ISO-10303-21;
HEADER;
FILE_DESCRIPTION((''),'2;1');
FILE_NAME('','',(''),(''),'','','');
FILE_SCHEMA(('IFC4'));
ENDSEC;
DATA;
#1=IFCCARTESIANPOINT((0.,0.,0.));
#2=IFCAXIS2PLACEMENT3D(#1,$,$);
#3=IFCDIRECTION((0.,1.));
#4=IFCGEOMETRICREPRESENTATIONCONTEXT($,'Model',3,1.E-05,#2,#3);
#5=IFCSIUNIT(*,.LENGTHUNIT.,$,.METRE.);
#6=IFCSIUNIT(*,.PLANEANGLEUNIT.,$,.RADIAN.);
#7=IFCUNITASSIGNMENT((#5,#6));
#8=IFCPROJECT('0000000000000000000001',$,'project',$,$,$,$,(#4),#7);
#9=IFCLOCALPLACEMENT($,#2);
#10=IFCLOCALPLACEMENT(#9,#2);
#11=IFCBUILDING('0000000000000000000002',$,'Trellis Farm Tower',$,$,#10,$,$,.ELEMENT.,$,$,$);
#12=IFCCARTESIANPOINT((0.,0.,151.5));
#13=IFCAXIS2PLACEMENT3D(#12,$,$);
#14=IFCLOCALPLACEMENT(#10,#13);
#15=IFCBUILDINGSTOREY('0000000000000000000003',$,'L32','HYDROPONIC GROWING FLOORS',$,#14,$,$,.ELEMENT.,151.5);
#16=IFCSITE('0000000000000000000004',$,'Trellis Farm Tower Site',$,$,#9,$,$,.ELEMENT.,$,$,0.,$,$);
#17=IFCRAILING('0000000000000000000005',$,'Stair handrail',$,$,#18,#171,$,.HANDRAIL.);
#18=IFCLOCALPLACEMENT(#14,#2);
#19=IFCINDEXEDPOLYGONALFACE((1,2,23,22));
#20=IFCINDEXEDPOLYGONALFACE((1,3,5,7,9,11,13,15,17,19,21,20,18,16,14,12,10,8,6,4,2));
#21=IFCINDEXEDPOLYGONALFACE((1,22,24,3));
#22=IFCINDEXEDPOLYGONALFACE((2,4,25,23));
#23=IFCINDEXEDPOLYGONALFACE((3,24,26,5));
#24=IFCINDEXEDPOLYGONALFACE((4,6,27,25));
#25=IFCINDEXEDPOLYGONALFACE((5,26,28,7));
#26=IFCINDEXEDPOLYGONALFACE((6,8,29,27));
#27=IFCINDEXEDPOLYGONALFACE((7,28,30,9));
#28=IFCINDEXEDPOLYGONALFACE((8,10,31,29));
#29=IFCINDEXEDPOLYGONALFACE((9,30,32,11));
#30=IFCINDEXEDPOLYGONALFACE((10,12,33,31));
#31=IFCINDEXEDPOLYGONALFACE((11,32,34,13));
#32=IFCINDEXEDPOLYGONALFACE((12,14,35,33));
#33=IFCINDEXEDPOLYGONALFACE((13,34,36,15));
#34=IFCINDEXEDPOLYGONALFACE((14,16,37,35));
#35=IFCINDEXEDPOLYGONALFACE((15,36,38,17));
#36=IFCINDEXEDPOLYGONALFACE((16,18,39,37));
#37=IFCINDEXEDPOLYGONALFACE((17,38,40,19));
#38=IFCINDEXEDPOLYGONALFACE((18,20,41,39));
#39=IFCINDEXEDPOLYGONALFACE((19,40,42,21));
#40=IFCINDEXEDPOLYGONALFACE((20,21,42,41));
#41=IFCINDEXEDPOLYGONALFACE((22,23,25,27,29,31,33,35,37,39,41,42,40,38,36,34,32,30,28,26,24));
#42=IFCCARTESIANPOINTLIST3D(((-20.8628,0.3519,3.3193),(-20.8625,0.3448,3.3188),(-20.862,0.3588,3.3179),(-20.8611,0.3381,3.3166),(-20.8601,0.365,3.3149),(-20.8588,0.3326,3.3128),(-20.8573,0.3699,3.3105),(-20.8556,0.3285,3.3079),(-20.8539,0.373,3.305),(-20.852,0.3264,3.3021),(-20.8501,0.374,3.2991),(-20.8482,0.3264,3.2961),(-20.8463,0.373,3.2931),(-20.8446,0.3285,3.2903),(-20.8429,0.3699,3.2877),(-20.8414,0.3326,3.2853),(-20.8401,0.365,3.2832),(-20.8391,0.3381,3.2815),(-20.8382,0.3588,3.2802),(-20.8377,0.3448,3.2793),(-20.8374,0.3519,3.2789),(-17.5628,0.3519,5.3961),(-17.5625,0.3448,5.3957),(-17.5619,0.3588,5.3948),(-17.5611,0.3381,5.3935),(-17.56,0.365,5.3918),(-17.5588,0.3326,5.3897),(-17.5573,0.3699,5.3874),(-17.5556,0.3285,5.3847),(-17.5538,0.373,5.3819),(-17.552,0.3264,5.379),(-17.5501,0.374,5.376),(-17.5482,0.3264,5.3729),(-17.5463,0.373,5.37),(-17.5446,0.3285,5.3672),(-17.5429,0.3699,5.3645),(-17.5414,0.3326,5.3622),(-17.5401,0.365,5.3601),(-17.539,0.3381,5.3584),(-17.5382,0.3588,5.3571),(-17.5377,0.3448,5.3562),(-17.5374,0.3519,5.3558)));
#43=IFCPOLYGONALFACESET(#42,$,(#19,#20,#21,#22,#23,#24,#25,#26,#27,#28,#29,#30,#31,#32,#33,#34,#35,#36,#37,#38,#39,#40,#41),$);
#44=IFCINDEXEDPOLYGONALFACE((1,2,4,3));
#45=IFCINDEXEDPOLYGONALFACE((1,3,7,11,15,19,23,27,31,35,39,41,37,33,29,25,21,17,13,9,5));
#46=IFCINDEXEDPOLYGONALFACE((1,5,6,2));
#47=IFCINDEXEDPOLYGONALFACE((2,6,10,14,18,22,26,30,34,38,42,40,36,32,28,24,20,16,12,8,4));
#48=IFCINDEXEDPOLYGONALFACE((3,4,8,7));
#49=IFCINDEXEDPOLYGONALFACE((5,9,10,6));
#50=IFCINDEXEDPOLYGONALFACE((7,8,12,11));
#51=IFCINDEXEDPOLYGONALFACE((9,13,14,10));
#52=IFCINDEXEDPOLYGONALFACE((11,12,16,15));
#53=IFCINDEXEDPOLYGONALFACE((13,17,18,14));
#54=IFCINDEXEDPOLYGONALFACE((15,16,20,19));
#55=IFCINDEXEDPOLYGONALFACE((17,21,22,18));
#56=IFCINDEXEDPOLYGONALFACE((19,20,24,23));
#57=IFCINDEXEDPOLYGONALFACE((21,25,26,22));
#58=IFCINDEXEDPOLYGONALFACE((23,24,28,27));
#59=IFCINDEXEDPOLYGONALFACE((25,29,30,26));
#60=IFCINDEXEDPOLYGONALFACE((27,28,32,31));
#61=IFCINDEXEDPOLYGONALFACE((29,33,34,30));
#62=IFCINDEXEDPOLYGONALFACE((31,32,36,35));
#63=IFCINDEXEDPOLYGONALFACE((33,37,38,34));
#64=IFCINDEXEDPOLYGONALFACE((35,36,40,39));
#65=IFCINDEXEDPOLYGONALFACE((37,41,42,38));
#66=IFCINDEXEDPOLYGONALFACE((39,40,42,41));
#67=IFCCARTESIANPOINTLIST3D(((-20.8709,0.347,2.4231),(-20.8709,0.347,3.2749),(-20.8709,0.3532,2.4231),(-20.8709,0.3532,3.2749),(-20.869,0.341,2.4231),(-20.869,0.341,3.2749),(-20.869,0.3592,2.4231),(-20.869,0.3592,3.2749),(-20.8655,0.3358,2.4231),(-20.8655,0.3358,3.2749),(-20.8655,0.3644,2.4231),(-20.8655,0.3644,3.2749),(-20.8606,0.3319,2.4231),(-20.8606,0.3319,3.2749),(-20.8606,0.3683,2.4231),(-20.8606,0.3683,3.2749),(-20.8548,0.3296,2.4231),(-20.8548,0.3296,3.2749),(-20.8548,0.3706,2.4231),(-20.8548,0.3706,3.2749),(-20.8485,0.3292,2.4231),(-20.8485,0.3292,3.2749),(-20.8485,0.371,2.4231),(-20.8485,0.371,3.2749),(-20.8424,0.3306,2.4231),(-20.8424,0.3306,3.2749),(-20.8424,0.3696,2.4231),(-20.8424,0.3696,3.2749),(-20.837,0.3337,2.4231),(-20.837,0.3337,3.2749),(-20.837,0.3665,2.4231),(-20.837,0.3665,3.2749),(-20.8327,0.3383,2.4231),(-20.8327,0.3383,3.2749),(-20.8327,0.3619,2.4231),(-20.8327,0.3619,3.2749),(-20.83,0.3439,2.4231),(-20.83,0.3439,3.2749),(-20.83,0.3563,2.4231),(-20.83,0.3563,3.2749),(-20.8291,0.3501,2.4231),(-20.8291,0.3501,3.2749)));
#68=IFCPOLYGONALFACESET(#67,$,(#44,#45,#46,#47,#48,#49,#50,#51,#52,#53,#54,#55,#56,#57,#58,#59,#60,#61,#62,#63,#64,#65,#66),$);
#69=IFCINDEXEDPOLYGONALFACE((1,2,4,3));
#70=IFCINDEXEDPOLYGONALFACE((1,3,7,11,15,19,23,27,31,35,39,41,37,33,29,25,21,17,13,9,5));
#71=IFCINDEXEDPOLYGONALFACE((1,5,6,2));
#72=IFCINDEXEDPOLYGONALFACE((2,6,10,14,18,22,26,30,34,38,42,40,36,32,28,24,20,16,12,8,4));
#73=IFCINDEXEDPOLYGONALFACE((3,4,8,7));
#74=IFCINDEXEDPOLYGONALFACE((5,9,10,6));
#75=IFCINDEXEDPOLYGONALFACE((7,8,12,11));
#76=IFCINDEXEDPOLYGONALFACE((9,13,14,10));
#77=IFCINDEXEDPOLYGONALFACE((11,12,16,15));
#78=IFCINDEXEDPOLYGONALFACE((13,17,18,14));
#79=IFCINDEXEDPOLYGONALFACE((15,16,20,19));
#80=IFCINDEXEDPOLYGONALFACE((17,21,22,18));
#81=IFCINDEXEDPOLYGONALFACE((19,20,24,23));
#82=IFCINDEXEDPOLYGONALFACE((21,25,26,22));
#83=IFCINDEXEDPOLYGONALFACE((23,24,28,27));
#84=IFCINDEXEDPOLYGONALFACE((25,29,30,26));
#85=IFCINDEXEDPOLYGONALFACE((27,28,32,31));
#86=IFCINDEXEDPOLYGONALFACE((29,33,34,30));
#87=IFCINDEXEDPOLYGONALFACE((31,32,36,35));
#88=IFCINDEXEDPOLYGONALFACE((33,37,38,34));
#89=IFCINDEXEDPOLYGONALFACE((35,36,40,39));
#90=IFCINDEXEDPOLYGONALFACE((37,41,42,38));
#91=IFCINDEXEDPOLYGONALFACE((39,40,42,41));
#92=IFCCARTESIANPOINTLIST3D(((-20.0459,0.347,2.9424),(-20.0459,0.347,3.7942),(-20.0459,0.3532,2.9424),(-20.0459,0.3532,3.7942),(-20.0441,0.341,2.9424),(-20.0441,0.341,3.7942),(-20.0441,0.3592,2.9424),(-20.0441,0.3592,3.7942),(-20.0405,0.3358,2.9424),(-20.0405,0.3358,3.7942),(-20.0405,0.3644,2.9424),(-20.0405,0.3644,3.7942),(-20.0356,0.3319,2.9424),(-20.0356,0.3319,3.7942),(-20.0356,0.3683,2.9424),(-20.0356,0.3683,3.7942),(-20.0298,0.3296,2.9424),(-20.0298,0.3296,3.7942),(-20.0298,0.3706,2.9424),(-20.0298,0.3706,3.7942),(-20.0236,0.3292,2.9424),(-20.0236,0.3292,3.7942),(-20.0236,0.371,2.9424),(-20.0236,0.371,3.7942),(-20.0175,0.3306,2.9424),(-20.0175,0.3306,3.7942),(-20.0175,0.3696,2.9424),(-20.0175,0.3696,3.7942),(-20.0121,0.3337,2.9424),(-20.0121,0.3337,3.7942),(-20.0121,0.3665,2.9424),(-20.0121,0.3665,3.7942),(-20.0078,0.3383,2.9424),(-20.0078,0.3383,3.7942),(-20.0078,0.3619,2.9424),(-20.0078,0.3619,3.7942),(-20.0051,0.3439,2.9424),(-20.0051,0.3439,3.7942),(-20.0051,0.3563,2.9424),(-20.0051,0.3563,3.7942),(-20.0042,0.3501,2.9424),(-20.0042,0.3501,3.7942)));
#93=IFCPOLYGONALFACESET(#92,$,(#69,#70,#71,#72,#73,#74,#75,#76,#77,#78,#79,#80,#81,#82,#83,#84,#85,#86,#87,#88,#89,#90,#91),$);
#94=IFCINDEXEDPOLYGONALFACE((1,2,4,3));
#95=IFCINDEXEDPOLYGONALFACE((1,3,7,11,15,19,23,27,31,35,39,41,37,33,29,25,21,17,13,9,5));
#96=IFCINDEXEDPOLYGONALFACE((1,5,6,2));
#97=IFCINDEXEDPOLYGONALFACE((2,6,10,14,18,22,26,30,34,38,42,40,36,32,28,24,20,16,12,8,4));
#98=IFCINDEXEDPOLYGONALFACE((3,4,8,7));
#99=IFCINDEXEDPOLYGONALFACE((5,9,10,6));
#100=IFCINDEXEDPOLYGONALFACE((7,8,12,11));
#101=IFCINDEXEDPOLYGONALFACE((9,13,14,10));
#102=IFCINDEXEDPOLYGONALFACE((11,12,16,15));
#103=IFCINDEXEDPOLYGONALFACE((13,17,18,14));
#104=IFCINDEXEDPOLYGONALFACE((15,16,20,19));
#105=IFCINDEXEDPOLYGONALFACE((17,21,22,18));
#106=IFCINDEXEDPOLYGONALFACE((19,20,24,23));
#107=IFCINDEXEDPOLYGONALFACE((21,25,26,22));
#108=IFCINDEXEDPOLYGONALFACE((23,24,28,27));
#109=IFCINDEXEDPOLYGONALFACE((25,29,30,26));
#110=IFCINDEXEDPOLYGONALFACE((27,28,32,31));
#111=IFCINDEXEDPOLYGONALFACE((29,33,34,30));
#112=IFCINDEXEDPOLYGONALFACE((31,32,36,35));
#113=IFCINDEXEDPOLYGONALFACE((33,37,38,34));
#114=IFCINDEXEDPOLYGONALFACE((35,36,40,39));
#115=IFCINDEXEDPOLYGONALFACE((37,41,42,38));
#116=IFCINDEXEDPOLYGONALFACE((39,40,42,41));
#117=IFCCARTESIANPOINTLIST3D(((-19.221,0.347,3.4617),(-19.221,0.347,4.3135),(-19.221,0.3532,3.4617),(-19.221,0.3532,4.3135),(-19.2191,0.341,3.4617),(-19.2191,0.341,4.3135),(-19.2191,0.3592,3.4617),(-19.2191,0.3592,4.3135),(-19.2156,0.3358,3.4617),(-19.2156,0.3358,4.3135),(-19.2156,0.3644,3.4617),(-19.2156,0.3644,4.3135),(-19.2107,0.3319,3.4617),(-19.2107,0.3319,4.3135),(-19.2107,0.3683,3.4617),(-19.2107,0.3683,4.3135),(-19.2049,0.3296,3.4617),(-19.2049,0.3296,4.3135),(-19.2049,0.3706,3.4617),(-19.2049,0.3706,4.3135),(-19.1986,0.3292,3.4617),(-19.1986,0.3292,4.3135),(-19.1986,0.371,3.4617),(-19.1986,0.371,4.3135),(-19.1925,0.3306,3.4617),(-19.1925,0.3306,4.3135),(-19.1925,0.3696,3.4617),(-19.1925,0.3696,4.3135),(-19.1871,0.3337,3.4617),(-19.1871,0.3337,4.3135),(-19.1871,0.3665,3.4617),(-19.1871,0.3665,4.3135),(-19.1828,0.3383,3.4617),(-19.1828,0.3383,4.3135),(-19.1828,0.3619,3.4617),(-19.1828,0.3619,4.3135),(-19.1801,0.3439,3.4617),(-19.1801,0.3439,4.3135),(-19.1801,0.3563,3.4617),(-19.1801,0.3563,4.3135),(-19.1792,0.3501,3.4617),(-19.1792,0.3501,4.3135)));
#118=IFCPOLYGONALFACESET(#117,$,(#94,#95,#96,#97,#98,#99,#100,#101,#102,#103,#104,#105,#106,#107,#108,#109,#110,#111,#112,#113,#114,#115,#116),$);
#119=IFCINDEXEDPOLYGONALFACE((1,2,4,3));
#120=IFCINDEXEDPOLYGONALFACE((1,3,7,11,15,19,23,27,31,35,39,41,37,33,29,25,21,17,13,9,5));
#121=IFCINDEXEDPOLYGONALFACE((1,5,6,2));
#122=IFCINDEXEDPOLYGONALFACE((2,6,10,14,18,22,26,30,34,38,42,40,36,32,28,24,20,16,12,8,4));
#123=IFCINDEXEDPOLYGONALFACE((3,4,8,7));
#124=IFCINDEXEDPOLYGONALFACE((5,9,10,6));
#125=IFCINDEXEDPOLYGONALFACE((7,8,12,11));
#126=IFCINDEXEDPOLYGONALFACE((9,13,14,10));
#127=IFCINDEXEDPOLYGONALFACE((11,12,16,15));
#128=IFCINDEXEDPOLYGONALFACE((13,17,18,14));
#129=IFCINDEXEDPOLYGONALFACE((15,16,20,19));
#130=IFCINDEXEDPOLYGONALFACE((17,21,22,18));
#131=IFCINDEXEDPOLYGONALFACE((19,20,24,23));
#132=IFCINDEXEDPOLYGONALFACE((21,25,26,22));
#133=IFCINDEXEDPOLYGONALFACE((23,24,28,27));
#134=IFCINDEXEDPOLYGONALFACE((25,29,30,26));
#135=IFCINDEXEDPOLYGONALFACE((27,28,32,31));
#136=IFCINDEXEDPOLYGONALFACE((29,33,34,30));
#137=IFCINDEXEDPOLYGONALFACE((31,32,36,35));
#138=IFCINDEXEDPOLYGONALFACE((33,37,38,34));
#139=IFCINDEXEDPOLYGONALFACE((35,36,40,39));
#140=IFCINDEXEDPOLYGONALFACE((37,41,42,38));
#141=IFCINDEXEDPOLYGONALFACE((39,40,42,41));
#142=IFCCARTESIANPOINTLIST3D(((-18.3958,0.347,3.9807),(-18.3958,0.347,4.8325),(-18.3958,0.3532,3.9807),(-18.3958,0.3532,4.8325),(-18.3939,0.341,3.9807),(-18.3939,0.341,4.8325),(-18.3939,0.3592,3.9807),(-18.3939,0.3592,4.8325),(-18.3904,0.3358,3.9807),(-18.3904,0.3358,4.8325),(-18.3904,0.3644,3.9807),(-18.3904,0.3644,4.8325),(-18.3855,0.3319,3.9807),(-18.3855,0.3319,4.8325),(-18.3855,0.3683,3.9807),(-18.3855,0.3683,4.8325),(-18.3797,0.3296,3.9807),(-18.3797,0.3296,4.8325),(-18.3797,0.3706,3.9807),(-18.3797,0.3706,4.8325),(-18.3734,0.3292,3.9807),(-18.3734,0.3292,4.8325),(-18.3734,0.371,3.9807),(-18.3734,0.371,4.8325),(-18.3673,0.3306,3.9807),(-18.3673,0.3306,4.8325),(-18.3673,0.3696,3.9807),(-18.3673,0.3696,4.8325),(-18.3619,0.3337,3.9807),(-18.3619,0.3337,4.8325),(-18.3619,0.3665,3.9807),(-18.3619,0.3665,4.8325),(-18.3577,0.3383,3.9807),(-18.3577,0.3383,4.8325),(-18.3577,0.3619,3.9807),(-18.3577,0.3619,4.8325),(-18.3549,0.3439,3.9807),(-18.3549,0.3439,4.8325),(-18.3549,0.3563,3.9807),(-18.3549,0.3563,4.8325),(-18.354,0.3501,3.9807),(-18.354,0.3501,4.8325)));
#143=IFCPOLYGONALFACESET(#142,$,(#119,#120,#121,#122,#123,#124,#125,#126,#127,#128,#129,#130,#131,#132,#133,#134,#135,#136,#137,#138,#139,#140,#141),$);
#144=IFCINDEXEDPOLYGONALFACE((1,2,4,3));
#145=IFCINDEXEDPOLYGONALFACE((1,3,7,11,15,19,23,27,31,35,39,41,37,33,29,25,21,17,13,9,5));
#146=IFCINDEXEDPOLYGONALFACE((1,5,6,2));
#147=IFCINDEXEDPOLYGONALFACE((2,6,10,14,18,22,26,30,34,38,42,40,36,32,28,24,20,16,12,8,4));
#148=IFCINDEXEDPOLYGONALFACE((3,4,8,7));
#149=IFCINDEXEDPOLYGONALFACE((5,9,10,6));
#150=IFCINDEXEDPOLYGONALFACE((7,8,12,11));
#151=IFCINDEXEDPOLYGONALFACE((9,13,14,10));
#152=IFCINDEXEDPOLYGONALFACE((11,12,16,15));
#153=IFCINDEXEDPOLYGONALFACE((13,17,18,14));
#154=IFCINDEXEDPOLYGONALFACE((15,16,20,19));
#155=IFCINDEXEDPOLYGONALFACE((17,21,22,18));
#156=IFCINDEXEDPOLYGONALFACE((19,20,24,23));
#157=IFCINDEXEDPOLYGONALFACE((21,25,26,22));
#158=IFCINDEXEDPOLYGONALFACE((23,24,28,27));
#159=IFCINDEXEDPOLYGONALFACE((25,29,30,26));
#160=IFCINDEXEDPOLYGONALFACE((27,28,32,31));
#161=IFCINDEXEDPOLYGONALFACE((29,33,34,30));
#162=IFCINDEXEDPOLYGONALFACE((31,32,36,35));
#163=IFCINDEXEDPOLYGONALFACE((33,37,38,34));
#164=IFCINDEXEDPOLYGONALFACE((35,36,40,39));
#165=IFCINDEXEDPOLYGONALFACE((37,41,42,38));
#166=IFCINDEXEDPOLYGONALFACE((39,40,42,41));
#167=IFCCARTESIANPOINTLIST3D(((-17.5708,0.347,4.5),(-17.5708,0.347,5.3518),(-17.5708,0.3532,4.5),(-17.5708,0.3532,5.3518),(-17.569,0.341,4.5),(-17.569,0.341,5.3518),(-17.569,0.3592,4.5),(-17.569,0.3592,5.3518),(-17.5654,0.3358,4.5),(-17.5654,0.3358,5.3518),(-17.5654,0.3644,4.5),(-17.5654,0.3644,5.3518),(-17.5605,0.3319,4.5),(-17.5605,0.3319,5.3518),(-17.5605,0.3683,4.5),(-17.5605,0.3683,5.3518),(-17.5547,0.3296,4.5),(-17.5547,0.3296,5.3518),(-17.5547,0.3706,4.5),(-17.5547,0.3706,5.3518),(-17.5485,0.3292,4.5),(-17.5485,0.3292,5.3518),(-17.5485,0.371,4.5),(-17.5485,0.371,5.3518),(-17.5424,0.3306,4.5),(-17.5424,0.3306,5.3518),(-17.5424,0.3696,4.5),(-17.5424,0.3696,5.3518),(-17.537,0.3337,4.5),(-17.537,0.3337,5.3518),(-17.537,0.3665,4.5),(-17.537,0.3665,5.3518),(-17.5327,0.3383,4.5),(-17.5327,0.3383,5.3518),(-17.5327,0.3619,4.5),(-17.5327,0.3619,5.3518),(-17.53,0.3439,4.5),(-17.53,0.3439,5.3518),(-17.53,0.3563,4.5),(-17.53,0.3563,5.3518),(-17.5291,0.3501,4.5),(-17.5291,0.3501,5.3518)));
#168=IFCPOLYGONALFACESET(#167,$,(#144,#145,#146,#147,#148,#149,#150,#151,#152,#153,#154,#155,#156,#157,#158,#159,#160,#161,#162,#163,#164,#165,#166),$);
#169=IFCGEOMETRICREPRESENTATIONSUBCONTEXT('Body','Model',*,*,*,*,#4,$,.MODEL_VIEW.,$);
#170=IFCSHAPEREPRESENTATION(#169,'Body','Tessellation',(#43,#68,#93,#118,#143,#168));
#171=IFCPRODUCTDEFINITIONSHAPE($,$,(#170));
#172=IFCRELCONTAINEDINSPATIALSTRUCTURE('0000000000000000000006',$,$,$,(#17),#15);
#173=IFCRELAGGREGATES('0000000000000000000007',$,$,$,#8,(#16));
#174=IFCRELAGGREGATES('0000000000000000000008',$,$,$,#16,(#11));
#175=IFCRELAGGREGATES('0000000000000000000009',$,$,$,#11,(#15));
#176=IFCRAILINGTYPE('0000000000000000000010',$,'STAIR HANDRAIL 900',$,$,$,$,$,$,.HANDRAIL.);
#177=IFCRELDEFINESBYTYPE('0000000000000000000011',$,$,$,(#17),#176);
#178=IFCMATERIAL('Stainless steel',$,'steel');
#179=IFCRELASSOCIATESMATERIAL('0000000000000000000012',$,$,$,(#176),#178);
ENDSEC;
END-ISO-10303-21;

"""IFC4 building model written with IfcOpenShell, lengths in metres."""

from ifc_helpers import new_model, si_unit, direction, frame, origin, origin_2d, place, context, subcontext, project, spatial, circle, extrude, source, transform, mapped, material, type_object, element, save


model = new_model("IFC4")

# Units and contexts
model_context = context("Model", 3, precision=1e-05, world=origin(), true_north=direction((0.0, 1.0)))
body_context = subcontext(model_context, "Body", "Model", "MODEL_VIEW")
ifc_project = project(units=[si_unit("LENGTHUNIT", "METRE"), si_unit("PLANEANGLEUNIT", "RADIAN")], contexts=[model_context])

# Site, building, storey
site_placement = place(None, origin())
site = spatial("IfcSite", under=ifc_project, at=site_placement, Name="Trellis Farm Tower Site", CompositionType="ELEMENT", RefElevation=0.0)
building_placement = place(site_placement, origin())
building = spatial("IfcBuilding", under=site, at=building_placement, Name="Trellis Farm Tower", CompositionType="ELEMENT")
storey_placement = place(building_placement, frame((0.0, 0.0, 151.5)))
storey = spatial("IfcBuildingStorey", under=building, at=storey_placement, Name="L32", Description="HYDROPONIC GROWING FLOORS", CompositionType="ELEMENT", Elevation=151.5)

# Railing
ifc_material_1 = material(Name="Stainless steel", Category="steel")
railing_type = type_object("IfcRailingType", Name="STAIR HANDRAIL 900", PredefinedType="HANDRAIL", material=ifc_material_1)
shared_shape_1 = source(origin(), body_context, "Body", "SweptSolid", [
    extrude(circle(Radius=0.0239, at=origin_2d()), frame((0.0, 0.0, 0.876), z_axis=(0.846337, 0.0, 0.532647), x_axis=(0.0, 1.0, 0.0)), (0.0, 0.0, 1.0), 3.8992),
    extrude(circle(Radius=0.021, at=origin_2d()), origin(), (0.0, 0.0, 1.0), 0.8518),
    extrude(circle(Radius=0.021, at=origin_2d()), frame((0.825, 0.0, 0.5193)), (0.0, 0.0, 1.0), 0.8518),
    extrude(circle(Radius=0.021, at=origin_2d()), frame((1.6499, 0.0, 1.0386)), (0.0, 0.0, 1.0), 0.8518),
    extrude(circle(Radius=0.021, at=origin_2d()), frame((2.4751, 0.0, 1.5576)), (0.0, 0.0, 1.0), 0.8518),
    extrude(circle(Radius=0.021, at=origin_2d()), frame((3.3, 0.0, 2.0769)), (0.0, 0.0, 1.0), 0.8518),
])
for number, where, name in (
    (1, (-20.8501, 0.3501, 2.4231), "Stair handrail"),
):
    element("IfcRailing", number, at=place(storey_placement, frame(where)), inside=storey, type_object=railing_type, Name=name, PredefinedType="HANDRAIL", context=body_context, shape_type="MappedRepresentation", body=[
        mapped(shared_shape_1, transform((0.0, 0.0, 0.0))),
    ])

save(model, "model.ifc")
